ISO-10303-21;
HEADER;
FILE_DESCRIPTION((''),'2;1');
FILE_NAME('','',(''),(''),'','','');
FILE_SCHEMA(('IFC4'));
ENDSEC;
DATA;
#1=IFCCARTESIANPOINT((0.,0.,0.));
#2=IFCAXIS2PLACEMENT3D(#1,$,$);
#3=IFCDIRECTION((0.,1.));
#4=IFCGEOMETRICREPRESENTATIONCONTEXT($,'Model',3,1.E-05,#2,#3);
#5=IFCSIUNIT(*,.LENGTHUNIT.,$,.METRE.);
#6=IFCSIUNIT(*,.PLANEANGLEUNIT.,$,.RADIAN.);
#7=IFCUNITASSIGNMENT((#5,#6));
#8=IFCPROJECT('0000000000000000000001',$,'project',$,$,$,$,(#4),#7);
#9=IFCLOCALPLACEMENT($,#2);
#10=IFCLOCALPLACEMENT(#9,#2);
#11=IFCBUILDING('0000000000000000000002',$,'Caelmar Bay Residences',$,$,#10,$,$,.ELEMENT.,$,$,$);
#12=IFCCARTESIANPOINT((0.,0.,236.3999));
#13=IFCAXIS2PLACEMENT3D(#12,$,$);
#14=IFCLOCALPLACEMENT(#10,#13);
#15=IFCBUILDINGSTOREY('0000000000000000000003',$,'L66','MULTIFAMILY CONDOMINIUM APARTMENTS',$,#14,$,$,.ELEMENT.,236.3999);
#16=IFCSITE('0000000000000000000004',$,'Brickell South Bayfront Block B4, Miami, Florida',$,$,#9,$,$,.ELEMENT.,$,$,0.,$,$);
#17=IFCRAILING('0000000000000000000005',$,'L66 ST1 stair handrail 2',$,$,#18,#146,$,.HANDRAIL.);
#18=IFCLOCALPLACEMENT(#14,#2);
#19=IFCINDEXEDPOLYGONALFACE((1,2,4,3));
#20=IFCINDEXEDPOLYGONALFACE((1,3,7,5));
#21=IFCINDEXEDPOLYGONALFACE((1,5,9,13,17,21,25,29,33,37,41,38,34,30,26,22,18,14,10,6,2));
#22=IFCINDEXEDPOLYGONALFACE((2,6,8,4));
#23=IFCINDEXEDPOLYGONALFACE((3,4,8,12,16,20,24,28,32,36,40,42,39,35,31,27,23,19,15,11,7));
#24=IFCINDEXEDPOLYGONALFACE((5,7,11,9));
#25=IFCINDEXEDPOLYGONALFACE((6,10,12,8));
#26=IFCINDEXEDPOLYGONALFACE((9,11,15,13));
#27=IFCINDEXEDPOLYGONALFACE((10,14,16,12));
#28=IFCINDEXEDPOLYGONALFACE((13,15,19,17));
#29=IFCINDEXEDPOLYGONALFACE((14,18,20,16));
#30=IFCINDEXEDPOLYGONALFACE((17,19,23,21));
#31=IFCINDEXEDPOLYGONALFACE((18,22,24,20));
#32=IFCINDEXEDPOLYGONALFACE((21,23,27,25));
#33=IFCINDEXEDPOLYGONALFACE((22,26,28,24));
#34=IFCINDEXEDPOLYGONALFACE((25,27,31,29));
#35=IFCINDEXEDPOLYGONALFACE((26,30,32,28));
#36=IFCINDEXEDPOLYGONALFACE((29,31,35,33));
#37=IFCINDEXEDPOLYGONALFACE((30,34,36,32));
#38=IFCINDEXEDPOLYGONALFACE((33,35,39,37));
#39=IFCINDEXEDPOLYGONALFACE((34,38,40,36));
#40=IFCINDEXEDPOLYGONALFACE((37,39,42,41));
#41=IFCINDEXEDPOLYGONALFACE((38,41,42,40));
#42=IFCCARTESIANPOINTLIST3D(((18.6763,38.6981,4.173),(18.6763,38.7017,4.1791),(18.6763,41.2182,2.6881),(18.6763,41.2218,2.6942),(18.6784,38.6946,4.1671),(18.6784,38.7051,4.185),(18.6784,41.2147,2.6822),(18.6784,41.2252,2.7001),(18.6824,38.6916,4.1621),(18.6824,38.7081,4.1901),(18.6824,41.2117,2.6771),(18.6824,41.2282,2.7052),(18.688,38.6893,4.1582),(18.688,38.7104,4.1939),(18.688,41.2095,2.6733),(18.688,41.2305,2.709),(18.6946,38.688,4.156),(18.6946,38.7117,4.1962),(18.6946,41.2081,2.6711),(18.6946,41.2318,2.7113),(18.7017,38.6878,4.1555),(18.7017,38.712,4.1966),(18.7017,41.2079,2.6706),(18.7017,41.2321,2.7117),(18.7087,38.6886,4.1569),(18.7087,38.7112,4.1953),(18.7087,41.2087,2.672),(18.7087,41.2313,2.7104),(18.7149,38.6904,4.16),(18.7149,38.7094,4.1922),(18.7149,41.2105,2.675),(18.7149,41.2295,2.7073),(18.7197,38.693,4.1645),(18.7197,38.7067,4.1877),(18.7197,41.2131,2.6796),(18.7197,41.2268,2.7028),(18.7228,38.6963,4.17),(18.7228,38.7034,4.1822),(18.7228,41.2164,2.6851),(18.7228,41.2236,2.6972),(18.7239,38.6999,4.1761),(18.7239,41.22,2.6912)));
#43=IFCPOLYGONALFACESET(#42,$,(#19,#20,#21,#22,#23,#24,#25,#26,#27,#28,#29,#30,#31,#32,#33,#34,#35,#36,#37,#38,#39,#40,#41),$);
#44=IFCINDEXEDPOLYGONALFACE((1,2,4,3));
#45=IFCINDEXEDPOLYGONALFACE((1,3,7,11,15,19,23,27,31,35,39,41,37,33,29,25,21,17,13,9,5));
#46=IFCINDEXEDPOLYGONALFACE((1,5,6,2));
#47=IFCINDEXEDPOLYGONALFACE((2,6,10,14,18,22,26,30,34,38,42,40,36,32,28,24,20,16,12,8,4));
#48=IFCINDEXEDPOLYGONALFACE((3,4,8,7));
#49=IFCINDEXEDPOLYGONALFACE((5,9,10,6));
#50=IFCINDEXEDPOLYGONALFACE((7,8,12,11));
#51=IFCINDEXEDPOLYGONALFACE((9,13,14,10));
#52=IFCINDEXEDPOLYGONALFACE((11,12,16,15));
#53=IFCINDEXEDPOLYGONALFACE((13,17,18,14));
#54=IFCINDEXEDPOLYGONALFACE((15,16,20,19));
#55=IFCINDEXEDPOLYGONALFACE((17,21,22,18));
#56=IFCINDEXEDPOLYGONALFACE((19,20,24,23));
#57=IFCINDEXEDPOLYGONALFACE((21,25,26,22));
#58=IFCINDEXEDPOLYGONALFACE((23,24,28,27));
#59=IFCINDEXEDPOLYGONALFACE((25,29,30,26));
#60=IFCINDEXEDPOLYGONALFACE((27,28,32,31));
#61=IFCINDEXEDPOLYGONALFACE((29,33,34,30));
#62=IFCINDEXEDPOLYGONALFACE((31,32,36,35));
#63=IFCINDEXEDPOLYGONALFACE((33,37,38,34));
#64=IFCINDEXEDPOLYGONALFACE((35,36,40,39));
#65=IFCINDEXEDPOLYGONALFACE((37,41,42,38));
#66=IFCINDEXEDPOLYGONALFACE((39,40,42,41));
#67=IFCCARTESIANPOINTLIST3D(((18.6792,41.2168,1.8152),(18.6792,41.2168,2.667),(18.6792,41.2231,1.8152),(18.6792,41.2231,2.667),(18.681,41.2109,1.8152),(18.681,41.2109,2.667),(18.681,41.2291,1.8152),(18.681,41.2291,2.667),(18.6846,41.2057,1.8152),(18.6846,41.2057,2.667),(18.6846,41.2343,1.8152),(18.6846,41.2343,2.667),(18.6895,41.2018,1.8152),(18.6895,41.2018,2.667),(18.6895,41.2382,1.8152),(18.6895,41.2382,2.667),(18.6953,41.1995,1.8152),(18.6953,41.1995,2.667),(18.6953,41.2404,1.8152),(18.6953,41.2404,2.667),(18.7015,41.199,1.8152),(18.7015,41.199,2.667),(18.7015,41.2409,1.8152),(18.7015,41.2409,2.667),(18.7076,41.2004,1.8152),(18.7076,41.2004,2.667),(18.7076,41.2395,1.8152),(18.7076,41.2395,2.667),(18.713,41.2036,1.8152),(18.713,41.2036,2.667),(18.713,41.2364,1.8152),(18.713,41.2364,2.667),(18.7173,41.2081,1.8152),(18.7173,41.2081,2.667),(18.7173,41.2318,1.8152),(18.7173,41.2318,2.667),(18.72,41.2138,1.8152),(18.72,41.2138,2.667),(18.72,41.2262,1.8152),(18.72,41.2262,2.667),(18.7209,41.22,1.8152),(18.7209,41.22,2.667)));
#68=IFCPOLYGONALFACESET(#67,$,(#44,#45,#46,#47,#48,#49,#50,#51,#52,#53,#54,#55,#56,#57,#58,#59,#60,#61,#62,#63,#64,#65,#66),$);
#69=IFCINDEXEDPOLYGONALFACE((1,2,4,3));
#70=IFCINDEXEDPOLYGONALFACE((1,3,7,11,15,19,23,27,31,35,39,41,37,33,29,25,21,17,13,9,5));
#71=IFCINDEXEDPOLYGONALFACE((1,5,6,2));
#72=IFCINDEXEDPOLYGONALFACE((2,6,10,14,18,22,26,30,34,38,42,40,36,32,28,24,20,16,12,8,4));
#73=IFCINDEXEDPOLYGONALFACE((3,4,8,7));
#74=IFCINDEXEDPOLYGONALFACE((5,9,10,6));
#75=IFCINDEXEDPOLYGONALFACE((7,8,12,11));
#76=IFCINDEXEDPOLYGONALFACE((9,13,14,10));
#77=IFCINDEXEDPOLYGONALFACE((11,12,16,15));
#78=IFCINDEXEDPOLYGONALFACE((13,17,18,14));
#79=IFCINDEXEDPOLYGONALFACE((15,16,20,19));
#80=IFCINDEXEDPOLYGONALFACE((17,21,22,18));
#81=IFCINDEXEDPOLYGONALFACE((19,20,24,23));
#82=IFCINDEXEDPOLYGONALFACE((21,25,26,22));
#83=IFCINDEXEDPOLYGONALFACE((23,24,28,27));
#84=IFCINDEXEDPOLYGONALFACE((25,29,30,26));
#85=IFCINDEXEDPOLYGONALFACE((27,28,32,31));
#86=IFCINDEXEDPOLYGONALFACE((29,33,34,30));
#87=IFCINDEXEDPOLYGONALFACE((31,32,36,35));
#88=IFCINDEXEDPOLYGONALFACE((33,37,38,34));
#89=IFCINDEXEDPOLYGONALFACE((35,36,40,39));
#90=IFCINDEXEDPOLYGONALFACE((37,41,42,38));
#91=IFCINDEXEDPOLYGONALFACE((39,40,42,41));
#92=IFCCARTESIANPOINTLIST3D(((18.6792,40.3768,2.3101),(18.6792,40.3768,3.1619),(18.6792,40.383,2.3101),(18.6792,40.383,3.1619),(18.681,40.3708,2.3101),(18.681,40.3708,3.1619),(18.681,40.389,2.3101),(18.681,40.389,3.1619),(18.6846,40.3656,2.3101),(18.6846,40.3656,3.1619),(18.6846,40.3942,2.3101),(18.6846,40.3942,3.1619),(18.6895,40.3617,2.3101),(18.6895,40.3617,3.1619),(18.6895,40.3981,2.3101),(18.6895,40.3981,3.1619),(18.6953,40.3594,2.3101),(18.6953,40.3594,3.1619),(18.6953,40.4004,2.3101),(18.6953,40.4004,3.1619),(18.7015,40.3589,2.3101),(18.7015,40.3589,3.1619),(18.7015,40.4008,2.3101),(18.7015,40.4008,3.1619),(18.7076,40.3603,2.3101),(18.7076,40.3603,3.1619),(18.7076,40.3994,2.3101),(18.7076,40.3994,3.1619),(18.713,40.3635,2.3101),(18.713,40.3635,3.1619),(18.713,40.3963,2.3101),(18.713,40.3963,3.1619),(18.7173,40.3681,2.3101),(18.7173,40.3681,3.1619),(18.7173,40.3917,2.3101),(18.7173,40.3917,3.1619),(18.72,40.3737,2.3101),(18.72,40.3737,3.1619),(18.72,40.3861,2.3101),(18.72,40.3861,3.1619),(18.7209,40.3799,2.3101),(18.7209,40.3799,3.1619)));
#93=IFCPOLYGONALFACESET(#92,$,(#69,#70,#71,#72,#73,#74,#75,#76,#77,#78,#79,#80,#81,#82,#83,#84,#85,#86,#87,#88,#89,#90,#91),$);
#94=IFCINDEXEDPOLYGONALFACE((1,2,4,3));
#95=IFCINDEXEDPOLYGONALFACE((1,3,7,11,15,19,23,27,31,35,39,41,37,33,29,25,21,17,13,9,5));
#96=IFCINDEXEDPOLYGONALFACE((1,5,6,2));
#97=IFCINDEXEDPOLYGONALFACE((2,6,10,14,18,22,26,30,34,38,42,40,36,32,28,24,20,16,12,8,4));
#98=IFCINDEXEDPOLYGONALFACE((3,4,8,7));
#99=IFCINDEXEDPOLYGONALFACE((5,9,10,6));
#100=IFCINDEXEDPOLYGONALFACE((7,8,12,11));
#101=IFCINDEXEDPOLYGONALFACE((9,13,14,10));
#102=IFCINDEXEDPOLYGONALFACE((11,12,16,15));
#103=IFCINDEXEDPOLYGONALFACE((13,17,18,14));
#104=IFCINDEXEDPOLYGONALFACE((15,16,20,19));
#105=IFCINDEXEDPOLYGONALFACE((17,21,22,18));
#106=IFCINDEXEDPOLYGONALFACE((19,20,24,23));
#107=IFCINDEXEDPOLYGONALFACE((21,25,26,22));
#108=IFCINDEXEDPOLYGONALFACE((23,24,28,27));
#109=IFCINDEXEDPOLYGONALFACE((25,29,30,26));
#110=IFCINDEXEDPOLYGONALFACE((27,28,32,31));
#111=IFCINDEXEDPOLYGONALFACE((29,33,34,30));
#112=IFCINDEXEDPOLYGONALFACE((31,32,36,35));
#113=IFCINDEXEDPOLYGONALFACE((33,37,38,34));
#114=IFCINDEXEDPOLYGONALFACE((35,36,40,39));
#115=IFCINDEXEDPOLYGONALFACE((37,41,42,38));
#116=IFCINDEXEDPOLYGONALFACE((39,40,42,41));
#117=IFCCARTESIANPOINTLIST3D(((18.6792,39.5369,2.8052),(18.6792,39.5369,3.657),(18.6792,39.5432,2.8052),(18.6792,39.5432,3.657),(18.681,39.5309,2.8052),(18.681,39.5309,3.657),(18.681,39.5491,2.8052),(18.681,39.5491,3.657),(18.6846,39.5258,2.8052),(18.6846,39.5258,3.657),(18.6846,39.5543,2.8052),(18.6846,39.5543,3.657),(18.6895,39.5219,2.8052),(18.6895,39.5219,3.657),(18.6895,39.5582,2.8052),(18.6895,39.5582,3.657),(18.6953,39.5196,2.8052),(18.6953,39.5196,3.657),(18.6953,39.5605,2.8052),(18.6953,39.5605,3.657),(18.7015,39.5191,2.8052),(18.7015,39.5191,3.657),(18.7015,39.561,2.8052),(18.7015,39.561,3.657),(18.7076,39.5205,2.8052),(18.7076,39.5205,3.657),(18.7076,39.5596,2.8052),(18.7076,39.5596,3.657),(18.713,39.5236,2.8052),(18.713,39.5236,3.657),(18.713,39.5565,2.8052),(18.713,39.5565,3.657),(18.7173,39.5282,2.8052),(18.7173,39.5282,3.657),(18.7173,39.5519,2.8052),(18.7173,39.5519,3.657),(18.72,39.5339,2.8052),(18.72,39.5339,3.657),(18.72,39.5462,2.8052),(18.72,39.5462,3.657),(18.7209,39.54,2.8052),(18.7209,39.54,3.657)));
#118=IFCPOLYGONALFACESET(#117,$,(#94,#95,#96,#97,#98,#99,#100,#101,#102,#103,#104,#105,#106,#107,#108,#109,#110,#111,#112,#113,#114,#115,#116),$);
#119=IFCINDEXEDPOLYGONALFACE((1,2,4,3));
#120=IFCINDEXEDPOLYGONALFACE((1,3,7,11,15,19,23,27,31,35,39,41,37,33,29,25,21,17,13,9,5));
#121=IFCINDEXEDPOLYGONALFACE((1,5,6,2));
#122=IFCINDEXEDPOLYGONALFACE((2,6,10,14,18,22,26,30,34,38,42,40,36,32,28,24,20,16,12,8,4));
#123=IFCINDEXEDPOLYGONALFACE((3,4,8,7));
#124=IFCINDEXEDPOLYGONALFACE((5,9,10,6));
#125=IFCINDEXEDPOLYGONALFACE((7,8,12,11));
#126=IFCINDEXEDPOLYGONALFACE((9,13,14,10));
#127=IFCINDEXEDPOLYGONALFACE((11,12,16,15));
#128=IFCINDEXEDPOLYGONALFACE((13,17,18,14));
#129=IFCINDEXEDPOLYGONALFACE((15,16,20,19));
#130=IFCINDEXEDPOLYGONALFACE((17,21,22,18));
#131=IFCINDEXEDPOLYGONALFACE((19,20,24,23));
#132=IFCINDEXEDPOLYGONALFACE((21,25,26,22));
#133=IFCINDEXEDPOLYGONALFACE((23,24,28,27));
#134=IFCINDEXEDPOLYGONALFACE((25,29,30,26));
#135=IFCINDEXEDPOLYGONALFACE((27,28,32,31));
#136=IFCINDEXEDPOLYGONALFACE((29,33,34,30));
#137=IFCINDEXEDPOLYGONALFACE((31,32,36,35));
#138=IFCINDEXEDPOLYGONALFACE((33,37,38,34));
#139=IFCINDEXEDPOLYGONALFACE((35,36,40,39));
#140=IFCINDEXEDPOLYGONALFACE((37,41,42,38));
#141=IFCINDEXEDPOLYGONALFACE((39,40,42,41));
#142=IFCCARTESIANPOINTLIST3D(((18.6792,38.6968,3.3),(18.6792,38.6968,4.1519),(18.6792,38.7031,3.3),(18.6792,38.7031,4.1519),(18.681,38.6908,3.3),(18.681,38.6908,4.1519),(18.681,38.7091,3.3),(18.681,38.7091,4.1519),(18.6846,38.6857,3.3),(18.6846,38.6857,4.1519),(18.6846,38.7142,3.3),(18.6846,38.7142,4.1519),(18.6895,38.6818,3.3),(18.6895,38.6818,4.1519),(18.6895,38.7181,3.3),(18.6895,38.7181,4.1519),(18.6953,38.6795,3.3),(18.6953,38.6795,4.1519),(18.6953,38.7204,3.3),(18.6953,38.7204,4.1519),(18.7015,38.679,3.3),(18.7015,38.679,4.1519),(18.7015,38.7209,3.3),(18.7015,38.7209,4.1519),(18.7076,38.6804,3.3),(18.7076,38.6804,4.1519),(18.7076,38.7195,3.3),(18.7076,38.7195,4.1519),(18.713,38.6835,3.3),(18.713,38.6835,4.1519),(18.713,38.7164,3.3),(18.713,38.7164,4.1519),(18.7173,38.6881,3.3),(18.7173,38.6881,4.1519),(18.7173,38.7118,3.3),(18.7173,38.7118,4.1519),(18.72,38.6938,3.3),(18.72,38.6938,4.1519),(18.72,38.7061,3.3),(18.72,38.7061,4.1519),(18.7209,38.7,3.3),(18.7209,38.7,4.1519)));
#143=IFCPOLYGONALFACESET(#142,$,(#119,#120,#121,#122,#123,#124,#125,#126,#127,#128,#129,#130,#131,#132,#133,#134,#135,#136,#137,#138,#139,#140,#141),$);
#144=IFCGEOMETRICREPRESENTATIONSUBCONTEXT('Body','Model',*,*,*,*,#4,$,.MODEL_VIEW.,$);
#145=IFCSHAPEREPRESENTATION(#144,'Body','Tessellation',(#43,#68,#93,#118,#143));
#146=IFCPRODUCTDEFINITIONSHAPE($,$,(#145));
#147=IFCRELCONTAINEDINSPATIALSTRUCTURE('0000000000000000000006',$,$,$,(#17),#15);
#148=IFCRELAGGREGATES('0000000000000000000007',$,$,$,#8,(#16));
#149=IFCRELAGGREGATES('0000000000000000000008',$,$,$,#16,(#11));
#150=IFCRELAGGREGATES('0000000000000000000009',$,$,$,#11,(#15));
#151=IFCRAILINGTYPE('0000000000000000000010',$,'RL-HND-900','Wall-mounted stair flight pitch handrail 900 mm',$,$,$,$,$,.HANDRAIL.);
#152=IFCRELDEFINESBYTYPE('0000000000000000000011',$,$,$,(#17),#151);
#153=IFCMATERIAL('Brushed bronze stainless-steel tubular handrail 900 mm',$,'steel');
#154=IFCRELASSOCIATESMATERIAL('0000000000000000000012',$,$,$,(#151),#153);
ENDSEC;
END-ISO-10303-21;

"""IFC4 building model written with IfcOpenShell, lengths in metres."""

from ifc_helpers import new_model, si_unit, direction, frame, origin, origin_2d, place, context, subcontext, project, spatial, circle, extrude, material, type_object, element, save


model = new_model("IFC4")

# Units and contexts
model_context = context("Model", 3, precision=1e-05, world=origin(), true_north=direction((0.0, 1.0)))
body_context = subcontext(model_context, "Body", "Model", "MODEL_VIEW")
ifc_project = project(units=[si_unit("LENGTHUNIT", "METRE"), si_unit("PLANEANGLEUNIT", "RADIAN")], contexts=[model_context])

# Site, building, storey
site_placement = place(None, origin())
site = spatial("IfcSite", under=ifc_project, at=site_placement, Name="Brickell South Bayfront Block B4, Miami, Florida", CompositionType="ELEMENT", RefElevation=0.0)
building_placement = place(site_placement, origin())
building = spatial("IfcBuilding", under=site, at=building_placement, Name="Caelmar Bay Residences", CompositionType="ELEMENT")
storey_placement = place(building_placement, frame((0.0, 0.0, 236.3999)))
storey = spatial("IfcBuildingStorey", under=building, at=storey_placement, Name="L66", Description="MULTIFAMILY CONDOMINIUM APARTMENTS", CompositionType="ELEMENT", Elevation=236.3999)

# Railing
ifc_material_1 = material(Name="Brushed bronze stainless-steel tubular handrail 900 mm", Category="steel")
railing_type_1 = type_object("IfcRailingType", Name="RL-HND-900", Description="Wall-mounted stair flight pitch handrail 900 mm", PredefinedType="HANDRAIL", material=ifc_material_1)
railing_1_placement = place(storey_placement, frame((18.7, 41.22, 1.8152)))
element("IfcRailing", 1, at=railing_1_placement, inside=storey, type_object=railing_type_1, Name="L66 ST1 stair handrail 2", PredefinedType="HANDRAIL", context=body_context, shape_type="SweptSolid", body=[
    extrude(circle(Radius=0.0239, at=origin_2d()), frame((0.0, 0.0, 0.876), z_axis=(0.0, -0.861561, 0.507655), x_axis=(1.0, 0.0, 0.0)), (0.0, 0.0, 1.0), 2.925),
    extrude(circle(Radius=0.021, at=origin_2d()), origin(), (0.0, 0.0, 1.0), 0.8518),
    extrude(circle(Radius=0.021, at=origin_2d()), frame((0.0, -0.8401, 0.4949)), (0.0, 0.0, 1.0), 0.8518),
    extrude(circle(Radius=0.021, at=origin_2d()), frame((0.0, -1.6799, 0.99)), (0.0, 0.0, 1.0), 0.8518),
    extrude(circle(Radius=0.021, at=origin_2d()), frame((0.0, -2.52, 1.4849)), (0.0, 0.0, 1.0), 0.8518),
])

save(model, "model.ifc")
